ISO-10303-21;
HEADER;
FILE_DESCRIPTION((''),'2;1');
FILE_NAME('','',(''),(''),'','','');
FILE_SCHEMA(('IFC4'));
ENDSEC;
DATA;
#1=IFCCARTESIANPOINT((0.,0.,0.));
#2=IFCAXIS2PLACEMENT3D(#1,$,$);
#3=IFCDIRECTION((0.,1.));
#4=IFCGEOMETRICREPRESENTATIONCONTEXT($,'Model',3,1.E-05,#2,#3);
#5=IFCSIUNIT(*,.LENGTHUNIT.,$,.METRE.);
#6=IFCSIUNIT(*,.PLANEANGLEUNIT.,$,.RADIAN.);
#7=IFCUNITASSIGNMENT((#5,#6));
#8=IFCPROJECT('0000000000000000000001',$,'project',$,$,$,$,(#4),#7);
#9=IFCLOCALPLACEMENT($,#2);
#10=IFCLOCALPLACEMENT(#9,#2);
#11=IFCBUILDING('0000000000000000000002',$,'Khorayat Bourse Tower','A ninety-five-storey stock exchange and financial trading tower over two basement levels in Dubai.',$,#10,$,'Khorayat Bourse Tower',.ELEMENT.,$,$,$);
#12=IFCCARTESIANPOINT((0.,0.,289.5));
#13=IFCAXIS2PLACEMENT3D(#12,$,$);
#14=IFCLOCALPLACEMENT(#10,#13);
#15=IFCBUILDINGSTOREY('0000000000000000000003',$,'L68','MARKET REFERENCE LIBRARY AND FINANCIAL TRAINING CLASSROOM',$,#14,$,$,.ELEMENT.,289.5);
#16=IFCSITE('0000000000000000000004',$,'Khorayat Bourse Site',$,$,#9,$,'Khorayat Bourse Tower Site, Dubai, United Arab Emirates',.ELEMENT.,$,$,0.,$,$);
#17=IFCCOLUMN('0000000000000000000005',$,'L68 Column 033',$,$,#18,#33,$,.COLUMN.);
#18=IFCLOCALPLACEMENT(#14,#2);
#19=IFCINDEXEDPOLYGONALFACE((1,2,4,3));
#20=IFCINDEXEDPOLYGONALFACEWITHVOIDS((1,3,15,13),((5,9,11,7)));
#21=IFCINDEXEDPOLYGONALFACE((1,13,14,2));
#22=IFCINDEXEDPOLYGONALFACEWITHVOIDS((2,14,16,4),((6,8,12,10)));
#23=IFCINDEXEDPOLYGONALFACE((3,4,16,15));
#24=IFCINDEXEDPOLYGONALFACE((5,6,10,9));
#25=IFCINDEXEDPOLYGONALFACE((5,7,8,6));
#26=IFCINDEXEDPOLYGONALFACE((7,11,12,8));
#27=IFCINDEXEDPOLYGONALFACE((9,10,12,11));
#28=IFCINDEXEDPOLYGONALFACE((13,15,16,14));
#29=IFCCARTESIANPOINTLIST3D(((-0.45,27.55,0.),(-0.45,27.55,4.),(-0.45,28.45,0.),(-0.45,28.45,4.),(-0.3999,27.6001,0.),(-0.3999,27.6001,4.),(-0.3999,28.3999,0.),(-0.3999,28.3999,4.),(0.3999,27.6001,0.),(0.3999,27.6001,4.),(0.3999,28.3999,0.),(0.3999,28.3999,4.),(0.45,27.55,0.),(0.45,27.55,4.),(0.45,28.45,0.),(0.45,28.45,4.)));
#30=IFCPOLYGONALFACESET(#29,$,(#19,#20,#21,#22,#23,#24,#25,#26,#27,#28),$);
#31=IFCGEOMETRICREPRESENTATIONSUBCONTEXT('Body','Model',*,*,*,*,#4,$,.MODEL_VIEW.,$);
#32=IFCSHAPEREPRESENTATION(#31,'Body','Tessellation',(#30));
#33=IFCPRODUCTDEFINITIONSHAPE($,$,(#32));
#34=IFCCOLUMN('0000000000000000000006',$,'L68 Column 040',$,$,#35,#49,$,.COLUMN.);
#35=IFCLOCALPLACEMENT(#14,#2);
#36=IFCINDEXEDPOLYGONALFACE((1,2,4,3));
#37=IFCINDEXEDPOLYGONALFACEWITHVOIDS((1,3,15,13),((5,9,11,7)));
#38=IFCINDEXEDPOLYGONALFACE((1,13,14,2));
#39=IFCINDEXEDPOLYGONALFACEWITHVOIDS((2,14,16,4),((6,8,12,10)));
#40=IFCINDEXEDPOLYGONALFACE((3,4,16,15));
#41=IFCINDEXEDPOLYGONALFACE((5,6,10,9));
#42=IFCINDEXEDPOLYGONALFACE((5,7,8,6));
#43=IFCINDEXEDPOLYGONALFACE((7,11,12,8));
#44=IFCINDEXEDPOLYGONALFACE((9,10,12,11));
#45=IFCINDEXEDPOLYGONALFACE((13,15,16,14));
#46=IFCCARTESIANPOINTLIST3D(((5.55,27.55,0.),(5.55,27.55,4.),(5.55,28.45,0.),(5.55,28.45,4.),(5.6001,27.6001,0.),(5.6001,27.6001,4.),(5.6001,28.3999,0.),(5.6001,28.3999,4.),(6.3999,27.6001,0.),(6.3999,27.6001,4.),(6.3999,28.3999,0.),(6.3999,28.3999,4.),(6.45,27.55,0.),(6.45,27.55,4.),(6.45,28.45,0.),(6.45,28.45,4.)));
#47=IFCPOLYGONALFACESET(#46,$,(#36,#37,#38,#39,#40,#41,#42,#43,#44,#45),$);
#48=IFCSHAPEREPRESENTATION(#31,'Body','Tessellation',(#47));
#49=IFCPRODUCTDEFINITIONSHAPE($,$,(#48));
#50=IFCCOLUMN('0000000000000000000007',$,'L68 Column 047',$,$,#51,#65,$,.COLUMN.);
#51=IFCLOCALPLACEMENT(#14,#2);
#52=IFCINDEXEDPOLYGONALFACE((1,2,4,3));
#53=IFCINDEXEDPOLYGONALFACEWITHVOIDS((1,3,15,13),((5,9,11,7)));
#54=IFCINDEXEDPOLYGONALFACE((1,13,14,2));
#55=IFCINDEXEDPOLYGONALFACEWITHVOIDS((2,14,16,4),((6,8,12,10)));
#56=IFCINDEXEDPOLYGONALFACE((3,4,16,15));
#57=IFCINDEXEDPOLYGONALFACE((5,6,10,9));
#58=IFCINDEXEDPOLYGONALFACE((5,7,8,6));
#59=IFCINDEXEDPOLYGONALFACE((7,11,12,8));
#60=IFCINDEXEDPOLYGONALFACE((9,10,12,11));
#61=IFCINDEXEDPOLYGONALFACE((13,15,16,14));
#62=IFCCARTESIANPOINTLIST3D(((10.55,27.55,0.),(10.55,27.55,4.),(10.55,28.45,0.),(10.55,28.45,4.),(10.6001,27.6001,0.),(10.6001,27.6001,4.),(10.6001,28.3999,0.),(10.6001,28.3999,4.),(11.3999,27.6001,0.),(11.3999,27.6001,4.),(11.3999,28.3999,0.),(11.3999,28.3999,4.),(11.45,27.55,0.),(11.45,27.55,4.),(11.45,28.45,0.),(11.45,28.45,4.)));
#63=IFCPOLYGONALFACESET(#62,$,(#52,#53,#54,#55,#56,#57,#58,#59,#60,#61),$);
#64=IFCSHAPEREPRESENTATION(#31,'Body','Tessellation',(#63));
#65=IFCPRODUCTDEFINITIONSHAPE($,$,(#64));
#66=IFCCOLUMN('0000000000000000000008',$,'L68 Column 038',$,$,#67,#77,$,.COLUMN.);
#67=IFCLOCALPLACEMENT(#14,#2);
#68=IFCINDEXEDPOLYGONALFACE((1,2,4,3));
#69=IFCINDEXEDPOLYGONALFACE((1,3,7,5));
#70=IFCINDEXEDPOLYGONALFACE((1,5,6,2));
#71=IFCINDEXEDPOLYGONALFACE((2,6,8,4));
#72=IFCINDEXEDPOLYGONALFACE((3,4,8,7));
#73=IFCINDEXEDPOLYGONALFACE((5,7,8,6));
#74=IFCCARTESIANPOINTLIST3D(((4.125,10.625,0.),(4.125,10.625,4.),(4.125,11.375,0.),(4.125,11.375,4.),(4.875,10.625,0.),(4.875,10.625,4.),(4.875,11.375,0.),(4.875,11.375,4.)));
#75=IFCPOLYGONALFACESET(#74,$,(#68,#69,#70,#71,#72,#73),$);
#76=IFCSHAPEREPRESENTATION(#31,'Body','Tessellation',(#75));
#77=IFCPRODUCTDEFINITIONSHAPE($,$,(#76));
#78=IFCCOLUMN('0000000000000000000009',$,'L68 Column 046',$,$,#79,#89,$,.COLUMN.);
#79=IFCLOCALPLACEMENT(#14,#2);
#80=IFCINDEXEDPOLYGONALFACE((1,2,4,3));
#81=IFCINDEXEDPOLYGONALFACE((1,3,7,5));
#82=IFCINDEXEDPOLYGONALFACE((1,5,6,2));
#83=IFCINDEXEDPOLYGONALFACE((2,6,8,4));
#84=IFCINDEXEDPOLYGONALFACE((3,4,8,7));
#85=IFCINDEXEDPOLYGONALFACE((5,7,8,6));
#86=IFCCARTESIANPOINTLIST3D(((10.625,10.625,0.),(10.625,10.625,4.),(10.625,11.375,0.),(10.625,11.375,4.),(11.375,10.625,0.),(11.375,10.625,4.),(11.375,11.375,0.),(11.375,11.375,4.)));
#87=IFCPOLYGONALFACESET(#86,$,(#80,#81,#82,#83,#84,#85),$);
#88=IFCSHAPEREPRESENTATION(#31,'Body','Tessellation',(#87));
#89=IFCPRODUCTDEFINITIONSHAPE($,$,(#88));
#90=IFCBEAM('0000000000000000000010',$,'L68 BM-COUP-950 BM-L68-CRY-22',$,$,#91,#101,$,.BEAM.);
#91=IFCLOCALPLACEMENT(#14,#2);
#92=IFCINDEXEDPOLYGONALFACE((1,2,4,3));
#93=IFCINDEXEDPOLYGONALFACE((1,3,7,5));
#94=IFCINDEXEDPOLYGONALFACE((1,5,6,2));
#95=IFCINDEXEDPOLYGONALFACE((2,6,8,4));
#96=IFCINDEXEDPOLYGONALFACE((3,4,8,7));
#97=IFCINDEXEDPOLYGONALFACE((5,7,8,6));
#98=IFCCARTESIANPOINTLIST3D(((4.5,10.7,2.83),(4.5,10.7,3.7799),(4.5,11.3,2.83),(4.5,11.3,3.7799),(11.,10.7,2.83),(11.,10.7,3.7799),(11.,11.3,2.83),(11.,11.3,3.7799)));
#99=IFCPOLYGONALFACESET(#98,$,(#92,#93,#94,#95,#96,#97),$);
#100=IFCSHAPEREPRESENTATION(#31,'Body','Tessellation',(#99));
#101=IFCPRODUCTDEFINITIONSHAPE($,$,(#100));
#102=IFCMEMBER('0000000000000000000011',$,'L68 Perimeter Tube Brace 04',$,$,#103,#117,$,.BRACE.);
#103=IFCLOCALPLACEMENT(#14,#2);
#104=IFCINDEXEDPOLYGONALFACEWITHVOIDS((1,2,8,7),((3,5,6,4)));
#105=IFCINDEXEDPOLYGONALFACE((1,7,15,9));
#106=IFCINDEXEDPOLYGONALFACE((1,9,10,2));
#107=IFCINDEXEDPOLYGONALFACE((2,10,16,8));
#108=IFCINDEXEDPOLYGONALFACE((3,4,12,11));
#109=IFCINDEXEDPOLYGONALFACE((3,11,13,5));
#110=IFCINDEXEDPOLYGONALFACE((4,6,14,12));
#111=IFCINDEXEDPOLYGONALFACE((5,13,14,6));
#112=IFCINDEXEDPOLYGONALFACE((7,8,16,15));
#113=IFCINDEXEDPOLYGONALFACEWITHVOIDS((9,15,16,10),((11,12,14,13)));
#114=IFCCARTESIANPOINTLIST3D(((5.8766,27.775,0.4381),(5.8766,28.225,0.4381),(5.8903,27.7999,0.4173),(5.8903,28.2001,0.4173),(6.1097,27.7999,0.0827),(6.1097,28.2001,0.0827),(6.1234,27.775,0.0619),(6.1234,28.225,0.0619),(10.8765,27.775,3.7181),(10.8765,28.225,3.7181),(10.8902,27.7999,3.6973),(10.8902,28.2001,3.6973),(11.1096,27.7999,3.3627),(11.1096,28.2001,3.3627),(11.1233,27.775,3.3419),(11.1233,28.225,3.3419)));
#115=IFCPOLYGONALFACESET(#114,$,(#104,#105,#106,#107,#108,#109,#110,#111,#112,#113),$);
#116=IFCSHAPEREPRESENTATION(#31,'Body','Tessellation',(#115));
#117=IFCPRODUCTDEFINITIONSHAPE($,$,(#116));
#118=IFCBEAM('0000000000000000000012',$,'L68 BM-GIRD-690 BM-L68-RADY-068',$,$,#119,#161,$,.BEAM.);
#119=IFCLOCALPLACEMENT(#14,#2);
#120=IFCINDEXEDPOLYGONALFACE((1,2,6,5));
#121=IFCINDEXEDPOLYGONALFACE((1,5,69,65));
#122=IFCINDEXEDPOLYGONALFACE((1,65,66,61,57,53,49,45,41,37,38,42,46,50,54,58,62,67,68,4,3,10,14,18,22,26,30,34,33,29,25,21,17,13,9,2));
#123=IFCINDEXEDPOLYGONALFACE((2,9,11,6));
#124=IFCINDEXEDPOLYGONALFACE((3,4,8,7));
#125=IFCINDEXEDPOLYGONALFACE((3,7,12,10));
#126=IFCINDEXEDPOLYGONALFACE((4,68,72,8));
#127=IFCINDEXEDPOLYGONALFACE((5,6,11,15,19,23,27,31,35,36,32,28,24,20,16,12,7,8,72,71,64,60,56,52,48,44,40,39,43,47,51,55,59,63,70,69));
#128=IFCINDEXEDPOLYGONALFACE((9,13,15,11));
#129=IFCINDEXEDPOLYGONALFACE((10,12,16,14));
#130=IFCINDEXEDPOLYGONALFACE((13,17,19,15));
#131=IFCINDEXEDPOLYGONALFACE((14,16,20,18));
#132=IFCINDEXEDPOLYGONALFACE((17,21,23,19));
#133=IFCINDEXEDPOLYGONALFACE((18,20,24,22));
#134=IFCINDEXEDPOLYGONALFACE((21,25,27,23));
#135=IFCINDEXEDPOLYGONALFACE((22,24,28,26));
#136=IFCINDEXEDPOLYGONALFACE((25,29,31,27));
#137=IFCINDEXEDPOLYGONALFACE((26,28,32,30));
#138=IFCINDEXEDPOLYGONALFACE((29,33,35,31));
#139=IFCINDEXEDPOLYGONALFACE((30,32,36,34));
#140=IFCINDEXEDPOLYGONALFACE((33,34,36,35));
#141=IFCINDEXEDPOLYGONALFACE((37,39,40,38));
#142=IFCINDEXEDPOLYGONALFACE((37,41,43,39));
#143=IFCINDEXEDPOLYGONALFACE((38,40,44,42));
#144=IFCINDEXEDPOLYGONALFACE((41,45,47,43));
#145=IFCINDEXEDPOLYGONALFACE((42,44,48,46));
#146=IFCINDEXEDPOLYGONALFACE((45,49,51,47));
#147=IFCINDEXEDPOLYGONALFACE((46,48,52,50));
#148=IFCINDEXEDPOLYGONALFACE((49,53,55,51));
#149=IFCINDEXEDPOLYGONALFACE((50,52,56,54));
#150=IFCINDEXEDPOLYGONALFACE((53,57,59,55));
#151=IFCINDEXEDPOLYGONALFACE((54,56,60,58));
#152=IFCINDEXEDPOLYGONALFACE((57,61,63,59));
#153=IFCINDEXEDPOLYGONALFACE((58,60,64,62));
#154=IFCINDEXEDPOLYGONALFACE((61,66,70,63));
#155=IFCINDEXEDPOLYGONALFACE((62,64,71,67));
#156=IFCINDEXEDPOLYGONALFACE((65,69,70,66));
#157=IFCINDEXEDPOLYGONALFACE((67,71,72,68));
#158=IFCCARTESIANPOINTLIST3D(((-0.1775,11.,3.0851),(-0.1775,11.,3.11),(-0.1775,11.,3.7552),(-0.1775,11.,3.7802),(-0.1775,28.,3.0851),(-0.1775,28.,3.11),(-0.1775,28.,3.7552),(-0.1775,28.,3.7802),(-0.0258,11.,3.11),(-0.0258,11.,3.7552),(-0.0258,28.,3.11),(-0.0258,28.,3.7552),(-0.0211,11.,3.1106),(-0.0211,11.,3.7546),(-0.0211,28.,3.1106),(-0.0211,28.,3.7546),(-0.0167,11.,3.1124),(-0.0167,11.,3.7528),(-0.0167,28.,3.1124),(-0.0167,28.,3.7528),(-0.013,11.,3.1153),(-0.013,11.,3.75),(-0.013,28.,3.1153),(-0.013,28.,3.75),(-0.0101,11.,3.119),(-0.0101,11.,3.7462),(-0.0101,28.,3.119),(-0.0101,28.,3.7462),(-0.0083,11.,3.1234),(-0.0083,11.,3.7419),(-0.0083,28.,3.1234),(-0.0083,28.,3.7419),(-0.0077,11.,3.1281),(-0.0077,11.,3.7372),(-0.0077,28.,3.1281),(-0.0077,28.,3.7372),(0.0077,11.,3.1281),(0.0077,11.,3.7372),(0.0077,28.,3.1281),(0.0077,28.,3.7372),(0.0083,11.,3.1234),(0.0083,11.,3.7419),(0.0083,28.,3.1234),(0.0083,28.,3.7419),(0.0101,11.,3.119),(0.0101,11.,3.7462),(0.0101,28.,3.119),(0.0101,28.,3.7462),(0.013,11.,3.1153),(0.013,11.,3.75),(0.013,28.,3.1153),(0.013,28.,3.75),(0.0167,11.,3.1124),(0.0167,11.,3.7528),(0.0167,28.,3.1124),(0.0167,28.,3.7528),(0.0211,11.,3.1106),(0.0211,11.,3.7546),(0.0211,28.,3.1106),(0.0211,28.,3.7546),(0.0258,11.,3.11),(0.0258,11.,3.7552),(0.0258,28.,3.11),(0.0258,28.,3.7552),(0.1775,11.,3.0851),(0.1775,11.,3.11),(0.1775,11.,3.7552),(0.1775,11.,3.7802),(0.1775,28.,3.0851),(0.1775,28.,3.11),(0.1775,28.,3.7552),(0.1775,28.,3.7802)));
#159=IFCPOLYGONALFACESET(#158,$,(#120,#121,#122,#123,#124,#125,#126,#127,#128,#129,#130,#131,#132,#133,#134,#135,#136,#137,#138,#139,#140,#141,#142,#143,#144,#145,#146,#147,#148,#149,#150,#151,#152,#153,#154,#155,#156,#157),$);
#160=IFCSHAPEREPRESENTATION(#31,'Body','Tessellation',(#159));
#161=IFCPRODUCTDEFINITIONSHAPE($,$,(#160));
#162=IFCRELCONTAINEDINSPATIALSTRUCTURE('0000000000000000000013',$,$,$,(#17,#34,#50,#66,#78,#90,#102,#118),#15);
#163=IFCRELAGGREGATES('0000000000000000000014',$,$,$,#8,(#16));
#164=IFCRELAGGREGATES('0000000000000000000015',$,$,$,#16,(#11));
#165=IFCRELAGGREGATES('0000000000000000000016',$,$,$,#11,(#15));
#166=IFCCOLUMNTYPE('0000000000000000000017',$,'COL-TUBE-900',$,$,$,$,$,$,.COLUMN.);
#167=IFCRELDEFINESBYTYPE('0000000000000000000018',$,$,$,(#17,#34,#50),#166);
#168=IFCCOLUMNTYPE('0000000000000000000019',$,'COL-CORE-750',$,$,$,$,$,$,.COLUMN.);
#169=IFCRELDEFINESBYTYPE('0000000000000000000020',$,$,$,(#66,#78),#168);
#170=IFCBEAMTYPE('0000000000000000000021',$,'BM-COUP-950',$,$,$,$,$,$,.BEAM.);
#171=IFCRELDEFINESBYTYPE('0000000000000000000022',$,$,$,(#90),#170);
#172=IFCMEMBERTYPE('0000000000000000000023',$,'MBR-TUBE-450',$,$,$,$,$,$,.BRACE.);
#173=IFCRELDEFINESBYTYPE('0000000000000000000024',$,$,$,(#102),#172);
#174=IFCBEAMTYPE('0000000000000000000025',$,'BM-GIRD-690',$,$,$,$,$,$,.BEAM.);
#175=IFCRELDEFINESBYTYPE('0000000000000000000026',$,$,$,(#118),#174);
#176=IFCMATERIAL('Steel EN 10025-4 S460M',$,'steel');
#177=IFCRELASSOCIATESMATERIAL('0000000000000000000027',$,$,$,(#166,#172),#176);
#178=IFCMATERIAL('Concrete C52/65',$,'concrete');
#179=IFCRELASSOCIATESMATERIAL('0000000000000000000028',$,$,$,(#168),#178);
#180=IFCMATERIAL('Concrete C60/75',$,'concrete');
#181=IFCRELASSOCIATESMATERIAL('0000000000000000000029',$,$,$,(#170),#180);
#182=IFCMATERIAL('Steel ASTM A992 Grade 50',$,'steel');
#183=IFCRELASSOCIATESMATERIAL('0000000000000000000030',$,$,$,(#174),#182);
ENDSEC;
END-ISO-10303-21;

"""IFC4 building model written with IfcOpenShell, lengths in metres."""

from ifc_helpers import new_model, si_unit, direction, frame, origin, origin_2d, place, context, subcontext, project, spatial, rectangle, hollow_rectangle, i_section, extrude, source, transform, mapped, material, material_profile, profile_set, type_object, element, save


model = new_model("IFC4")

# Units and contexts
model_context = context("Model", 3, precision=1e-05, world=origin(), true_north=direction((0.0, 1.0)))
body_context = subcontext(model_context, "Body", "Model", "MODEL_VIEW")
ifc_project = project(units=[si_unit("LENGTHUNIT", "METRE"), si_unit("PLANEANGLEUNIT", "RADIAN")], contexts=[model_context])

# Site, building, storey
site_placement = place(None, origin())
site = spatial("IfcSite", under=ifc_project, at=site_placement, Name="Khorayat Bourse Site", LongName="Khorayat Bourse Tower Site, Dubai, United Arab Emirates", CompositionType="ELEMENT", RefElevation=0.0)
building_placement = place(site_placement, origin())
building = spatial("IfcBuilding", under=site, at=building_placement, Name="Khorayat Bourse Tower", Description="A ninety-five-storey stock exchange and financial trading tower over two basement levels in Dubai.", LongName="Khorayat Bourse Tower", CompositionType="ELEMENT")
storey_placement = place(building_placement, frame((0.0, 0.0, 289.5)))
storey = spatial("IfcBuildingStorey", under=building, at=storey_placement, Name="L68", Description="MARKET REFERENCE LIBRARY AND FINANCIAL TRAINING CLASSROOM", CompositionType="ELEMENT", Elevation=289.5)

# Columns
ifc_material_1 = material(Name="Steel EN 10025-4 S460M", Category="steel")
ifc_material_profile_1 = material_profile(ifc_material_1, hollow_rectangle(XDim=0.8999, YDim=0.8999, WallThickness=0.05, at=origin_2d()), Name="BOX 900x900x50")
ifc_profile_set_1 = profile_set([ifc_material_profile_1], Name="Steel EN 10025-4 S460M")
column_type_1 = type_object("IfcColumnType", Name="COL-TUBE-900", PredefinedType="COLUMN", material=ifc_profile_set_1)
shared_shape_1 = source(origin(), body_context, "Body", "SweptSolid", [
    extrude(hollow_rectangle(XDim=0.8999, YDim=0.8999, WallThickness=0.05, at=origin_2d()), origin(), (0.0, 0.0, 1.0), 4.0),
])
for number, where, z_axis, x_axis, name in (
    (1, (0.0, 28.0, 0.0), (0.0, 0.0, 1.0), (1.0, 0.0, 0.0), "L68 Column 033"),
    (2, (6.0, 28.0, 0.0), (0.0, 0.0, 1.0), (1.0, 0.0, 0.0), "L68 Column 040"),
    (3, (11.0, 28.0, 0.0), (0.0, 0.0, 1.0), (1.0, 0.0, 0.0), "L68 Column 047"),
):
    element("IfcColumn", number, at=place(storey_placement, frame(where, z_axis=z_axis, x_axis=x_axis)), inside=storey, type_object=column_type_1, Name=name, PredefinedType="COLUMN", context=body_context, shape_type="MappedRepresentation", body=[
        mapped(shared_shape_1, transform((0.0, 0.0, 0.0), scale=1.0)),
    ])
ifc_material_2 = material(Name="Concrete C52/65", Category="concrete")
ifc_material_profile_2 = material_profile(ifc_material_2, rectangle(XDim=0.75, YDim=0.75, at=origin_2d()), Name="RC 750x750")
ifc_profile_set_2 = profile_set([ifc_material_profile_2], Name="Concrete C52/65")
column_type_2 = type_object("IfcColumnType", Name="COL-CORE-750", PredefinedType="COLUMN", material=ifc_profile_set_2)
shared_shape_2 = source(origin(), body_context, "Body", "SweptSolid", [
    extrude(rectangle(XDim=0.75, YDim=0.75, at=origin_2d()), origin(), (0.0, 0.0, 1.0), 4.0),
])
for number, where, z_axis, x_axis, name in (
    (4, (4.5, 11.0, 0.0), (0.0, 0.0, 1.0), (1.0, 0.0, 0.0), "L68 Column 038"),
    (5, (11.0, 11.0, 0.0), (0.0, 0.0, 1.0), (1.0, 0.0, 0.0), "L68 Column 046"),
):
    element("IfcColumn", number, at=place(storey_placement, frame(where, z_axis=z_axis, x_axis=x_axis)), inside=storey, type_object=column_type_2, Name=name, PredefinedType="COLUMN", context=body_context, shape_type="MappedRepresentation", body=[
        mapped(shared_shape_2, transform((0.0, 0.0, 0.0), scale=1.0)),
    ])

# Beam
ifc_material_3 = material(Name="Concrete C60/75", Category="concrete")
ifc_material_profile_3 = material_profile(ifc_material_3, rectangle(XDim=0.6001, YDim=0.95, at=origin_2d()), Name="RC 600x950")
ifc_profile_set_3 = profile_set([ifc_material_profile_3], Name="Concrete C60/75")
beam_type_1 = type_object("IfcBeamType", Name="BM-COUP-950", PredefinedType="BEAM", material=ifc_profile_set_3)
shared_shape_3 = source(origin(), body_context, "Body", "SweptSolid", [
    extrude(rectangle(XDim=0.6001, YDim=0.95, at=origin_2d()), origin(), (0.0, 0.0, 1.0), 6.5),
])
beam_1_placement = place(storey_placement, frame((4.5, 11.0, 3.3049), z_axis=(1.0, 0.0, 0.0), x_axis=(0.0, 1.0, 0.0)))
element("IfcBeam", 6, at=beam_1_placement, inside=storey, type_object=beam_type_1, Name="L68 BM-COUP-950 BM-L68-CRY-22", PredefinedType="BEAM", context=body_context, shape_type="MappedRepresentation", body=[
    mapped(shared_shape_3, transform((0.0, 0.0, 0.0), scale=1.0)),
])

# Member
ifc_material_profile_4 = material_profile(ifc_material_1, hollow_rectangle(XDim=0.45, YDim=0.45, WallThickness=0.0249, at=origin_2d()), Name="HSS 450x450x25")
ifc_profile_set_4 = profile_set([ifc_material_profile_4], Name="Steel EN 10025-4 S460M")
member_type_1 = type_object("IfcMemberType", Name="MBR-TUBE-450", PredefinedType="BRACE", material=ifc_profile_set_4)
shared_shape_4 = source(origin(), body_context, "Body", "SweptSolid", [
    extrude(hollow_rectangle(XDim=0.45, YDim=0.45, WallThickness=0.0249, at=origin_2d()), origin(), (0.0, 0.0, 1.0), 5.9797),
])
member_1_placement = place(storey_placement, frame((6.0, 28.0, 0.25), z_axis=(0.836142, 0.0, 0.548514), x_axis=(0.0, 1.0, 0.0)))
element("IfcMember", 7, at=member_1_placement, inside=storey, type_object=member_type_1, Name="L68 Perimeter Tube Brace 04", PredefinedType="BRACE", context=body_context, shape_type="MappedRepresentation", body=[
    mapped(shared_shape_4, transform((0.0, 0.0, 0.0), scale=1.0)),
])

# Beam
ifc_material_4 = material(Name="Steel ASTM A992 Grade 50", Category="steel")
ifc_material_profile_5 = material_profile(ifc_material_4, i_section(OverallWidth=0.355, OverallDepth=0.6951, WebThickness=0.0154, FlangeThickness=0.0249, FilletRadius=0.0181, at=origin_2d()), Name="W690X217")
ifc_profile_set_5 = profile_set([ifc_material_profile_5], Name="Steel ASTM A992 Grade 50")
beam_type_2 = type_object("IfcBeamType", Name="BM-GIRD-690", PredefinedType="BEAM", material=ifc_profile_set_5)
shared_shape_5 = source(origin(), body_context, "Body", "SweptSolid", [
    extrude(i_section(OverallWidth=0.355, OverallDepth=0.6951, WebThickness=0.0154, FlangeThickness=0.0249, FilletRadius=0.0181, at=origin_2d()), origin(), (0.0, 0.0, 1.0), 17.0),
])
for number, where, z_axis, x_axis, name in (
    (8, (0.0, 11.0, 3.4326), (0.0, 1.0, 0.0), (-1.0, 0.0, 0.0), "L68 BM-GIRD-690 BM-L68-RADY-068"),
):
    element("IfcBeam", number, at=place(storey_placement, frame(where, z_axis=z_axis, x_axis=x_axis)), inside=storey, type_object=beam_type_2, Name=name, PredefinedType="BEAM", context=body_context, shape_type="MappedRepresentation", body=[
        mapped(shared_shape_5, transform((0.0, 0.0, 0.0), scale=1.0)),
    ])

save(model, "model.ifc")
